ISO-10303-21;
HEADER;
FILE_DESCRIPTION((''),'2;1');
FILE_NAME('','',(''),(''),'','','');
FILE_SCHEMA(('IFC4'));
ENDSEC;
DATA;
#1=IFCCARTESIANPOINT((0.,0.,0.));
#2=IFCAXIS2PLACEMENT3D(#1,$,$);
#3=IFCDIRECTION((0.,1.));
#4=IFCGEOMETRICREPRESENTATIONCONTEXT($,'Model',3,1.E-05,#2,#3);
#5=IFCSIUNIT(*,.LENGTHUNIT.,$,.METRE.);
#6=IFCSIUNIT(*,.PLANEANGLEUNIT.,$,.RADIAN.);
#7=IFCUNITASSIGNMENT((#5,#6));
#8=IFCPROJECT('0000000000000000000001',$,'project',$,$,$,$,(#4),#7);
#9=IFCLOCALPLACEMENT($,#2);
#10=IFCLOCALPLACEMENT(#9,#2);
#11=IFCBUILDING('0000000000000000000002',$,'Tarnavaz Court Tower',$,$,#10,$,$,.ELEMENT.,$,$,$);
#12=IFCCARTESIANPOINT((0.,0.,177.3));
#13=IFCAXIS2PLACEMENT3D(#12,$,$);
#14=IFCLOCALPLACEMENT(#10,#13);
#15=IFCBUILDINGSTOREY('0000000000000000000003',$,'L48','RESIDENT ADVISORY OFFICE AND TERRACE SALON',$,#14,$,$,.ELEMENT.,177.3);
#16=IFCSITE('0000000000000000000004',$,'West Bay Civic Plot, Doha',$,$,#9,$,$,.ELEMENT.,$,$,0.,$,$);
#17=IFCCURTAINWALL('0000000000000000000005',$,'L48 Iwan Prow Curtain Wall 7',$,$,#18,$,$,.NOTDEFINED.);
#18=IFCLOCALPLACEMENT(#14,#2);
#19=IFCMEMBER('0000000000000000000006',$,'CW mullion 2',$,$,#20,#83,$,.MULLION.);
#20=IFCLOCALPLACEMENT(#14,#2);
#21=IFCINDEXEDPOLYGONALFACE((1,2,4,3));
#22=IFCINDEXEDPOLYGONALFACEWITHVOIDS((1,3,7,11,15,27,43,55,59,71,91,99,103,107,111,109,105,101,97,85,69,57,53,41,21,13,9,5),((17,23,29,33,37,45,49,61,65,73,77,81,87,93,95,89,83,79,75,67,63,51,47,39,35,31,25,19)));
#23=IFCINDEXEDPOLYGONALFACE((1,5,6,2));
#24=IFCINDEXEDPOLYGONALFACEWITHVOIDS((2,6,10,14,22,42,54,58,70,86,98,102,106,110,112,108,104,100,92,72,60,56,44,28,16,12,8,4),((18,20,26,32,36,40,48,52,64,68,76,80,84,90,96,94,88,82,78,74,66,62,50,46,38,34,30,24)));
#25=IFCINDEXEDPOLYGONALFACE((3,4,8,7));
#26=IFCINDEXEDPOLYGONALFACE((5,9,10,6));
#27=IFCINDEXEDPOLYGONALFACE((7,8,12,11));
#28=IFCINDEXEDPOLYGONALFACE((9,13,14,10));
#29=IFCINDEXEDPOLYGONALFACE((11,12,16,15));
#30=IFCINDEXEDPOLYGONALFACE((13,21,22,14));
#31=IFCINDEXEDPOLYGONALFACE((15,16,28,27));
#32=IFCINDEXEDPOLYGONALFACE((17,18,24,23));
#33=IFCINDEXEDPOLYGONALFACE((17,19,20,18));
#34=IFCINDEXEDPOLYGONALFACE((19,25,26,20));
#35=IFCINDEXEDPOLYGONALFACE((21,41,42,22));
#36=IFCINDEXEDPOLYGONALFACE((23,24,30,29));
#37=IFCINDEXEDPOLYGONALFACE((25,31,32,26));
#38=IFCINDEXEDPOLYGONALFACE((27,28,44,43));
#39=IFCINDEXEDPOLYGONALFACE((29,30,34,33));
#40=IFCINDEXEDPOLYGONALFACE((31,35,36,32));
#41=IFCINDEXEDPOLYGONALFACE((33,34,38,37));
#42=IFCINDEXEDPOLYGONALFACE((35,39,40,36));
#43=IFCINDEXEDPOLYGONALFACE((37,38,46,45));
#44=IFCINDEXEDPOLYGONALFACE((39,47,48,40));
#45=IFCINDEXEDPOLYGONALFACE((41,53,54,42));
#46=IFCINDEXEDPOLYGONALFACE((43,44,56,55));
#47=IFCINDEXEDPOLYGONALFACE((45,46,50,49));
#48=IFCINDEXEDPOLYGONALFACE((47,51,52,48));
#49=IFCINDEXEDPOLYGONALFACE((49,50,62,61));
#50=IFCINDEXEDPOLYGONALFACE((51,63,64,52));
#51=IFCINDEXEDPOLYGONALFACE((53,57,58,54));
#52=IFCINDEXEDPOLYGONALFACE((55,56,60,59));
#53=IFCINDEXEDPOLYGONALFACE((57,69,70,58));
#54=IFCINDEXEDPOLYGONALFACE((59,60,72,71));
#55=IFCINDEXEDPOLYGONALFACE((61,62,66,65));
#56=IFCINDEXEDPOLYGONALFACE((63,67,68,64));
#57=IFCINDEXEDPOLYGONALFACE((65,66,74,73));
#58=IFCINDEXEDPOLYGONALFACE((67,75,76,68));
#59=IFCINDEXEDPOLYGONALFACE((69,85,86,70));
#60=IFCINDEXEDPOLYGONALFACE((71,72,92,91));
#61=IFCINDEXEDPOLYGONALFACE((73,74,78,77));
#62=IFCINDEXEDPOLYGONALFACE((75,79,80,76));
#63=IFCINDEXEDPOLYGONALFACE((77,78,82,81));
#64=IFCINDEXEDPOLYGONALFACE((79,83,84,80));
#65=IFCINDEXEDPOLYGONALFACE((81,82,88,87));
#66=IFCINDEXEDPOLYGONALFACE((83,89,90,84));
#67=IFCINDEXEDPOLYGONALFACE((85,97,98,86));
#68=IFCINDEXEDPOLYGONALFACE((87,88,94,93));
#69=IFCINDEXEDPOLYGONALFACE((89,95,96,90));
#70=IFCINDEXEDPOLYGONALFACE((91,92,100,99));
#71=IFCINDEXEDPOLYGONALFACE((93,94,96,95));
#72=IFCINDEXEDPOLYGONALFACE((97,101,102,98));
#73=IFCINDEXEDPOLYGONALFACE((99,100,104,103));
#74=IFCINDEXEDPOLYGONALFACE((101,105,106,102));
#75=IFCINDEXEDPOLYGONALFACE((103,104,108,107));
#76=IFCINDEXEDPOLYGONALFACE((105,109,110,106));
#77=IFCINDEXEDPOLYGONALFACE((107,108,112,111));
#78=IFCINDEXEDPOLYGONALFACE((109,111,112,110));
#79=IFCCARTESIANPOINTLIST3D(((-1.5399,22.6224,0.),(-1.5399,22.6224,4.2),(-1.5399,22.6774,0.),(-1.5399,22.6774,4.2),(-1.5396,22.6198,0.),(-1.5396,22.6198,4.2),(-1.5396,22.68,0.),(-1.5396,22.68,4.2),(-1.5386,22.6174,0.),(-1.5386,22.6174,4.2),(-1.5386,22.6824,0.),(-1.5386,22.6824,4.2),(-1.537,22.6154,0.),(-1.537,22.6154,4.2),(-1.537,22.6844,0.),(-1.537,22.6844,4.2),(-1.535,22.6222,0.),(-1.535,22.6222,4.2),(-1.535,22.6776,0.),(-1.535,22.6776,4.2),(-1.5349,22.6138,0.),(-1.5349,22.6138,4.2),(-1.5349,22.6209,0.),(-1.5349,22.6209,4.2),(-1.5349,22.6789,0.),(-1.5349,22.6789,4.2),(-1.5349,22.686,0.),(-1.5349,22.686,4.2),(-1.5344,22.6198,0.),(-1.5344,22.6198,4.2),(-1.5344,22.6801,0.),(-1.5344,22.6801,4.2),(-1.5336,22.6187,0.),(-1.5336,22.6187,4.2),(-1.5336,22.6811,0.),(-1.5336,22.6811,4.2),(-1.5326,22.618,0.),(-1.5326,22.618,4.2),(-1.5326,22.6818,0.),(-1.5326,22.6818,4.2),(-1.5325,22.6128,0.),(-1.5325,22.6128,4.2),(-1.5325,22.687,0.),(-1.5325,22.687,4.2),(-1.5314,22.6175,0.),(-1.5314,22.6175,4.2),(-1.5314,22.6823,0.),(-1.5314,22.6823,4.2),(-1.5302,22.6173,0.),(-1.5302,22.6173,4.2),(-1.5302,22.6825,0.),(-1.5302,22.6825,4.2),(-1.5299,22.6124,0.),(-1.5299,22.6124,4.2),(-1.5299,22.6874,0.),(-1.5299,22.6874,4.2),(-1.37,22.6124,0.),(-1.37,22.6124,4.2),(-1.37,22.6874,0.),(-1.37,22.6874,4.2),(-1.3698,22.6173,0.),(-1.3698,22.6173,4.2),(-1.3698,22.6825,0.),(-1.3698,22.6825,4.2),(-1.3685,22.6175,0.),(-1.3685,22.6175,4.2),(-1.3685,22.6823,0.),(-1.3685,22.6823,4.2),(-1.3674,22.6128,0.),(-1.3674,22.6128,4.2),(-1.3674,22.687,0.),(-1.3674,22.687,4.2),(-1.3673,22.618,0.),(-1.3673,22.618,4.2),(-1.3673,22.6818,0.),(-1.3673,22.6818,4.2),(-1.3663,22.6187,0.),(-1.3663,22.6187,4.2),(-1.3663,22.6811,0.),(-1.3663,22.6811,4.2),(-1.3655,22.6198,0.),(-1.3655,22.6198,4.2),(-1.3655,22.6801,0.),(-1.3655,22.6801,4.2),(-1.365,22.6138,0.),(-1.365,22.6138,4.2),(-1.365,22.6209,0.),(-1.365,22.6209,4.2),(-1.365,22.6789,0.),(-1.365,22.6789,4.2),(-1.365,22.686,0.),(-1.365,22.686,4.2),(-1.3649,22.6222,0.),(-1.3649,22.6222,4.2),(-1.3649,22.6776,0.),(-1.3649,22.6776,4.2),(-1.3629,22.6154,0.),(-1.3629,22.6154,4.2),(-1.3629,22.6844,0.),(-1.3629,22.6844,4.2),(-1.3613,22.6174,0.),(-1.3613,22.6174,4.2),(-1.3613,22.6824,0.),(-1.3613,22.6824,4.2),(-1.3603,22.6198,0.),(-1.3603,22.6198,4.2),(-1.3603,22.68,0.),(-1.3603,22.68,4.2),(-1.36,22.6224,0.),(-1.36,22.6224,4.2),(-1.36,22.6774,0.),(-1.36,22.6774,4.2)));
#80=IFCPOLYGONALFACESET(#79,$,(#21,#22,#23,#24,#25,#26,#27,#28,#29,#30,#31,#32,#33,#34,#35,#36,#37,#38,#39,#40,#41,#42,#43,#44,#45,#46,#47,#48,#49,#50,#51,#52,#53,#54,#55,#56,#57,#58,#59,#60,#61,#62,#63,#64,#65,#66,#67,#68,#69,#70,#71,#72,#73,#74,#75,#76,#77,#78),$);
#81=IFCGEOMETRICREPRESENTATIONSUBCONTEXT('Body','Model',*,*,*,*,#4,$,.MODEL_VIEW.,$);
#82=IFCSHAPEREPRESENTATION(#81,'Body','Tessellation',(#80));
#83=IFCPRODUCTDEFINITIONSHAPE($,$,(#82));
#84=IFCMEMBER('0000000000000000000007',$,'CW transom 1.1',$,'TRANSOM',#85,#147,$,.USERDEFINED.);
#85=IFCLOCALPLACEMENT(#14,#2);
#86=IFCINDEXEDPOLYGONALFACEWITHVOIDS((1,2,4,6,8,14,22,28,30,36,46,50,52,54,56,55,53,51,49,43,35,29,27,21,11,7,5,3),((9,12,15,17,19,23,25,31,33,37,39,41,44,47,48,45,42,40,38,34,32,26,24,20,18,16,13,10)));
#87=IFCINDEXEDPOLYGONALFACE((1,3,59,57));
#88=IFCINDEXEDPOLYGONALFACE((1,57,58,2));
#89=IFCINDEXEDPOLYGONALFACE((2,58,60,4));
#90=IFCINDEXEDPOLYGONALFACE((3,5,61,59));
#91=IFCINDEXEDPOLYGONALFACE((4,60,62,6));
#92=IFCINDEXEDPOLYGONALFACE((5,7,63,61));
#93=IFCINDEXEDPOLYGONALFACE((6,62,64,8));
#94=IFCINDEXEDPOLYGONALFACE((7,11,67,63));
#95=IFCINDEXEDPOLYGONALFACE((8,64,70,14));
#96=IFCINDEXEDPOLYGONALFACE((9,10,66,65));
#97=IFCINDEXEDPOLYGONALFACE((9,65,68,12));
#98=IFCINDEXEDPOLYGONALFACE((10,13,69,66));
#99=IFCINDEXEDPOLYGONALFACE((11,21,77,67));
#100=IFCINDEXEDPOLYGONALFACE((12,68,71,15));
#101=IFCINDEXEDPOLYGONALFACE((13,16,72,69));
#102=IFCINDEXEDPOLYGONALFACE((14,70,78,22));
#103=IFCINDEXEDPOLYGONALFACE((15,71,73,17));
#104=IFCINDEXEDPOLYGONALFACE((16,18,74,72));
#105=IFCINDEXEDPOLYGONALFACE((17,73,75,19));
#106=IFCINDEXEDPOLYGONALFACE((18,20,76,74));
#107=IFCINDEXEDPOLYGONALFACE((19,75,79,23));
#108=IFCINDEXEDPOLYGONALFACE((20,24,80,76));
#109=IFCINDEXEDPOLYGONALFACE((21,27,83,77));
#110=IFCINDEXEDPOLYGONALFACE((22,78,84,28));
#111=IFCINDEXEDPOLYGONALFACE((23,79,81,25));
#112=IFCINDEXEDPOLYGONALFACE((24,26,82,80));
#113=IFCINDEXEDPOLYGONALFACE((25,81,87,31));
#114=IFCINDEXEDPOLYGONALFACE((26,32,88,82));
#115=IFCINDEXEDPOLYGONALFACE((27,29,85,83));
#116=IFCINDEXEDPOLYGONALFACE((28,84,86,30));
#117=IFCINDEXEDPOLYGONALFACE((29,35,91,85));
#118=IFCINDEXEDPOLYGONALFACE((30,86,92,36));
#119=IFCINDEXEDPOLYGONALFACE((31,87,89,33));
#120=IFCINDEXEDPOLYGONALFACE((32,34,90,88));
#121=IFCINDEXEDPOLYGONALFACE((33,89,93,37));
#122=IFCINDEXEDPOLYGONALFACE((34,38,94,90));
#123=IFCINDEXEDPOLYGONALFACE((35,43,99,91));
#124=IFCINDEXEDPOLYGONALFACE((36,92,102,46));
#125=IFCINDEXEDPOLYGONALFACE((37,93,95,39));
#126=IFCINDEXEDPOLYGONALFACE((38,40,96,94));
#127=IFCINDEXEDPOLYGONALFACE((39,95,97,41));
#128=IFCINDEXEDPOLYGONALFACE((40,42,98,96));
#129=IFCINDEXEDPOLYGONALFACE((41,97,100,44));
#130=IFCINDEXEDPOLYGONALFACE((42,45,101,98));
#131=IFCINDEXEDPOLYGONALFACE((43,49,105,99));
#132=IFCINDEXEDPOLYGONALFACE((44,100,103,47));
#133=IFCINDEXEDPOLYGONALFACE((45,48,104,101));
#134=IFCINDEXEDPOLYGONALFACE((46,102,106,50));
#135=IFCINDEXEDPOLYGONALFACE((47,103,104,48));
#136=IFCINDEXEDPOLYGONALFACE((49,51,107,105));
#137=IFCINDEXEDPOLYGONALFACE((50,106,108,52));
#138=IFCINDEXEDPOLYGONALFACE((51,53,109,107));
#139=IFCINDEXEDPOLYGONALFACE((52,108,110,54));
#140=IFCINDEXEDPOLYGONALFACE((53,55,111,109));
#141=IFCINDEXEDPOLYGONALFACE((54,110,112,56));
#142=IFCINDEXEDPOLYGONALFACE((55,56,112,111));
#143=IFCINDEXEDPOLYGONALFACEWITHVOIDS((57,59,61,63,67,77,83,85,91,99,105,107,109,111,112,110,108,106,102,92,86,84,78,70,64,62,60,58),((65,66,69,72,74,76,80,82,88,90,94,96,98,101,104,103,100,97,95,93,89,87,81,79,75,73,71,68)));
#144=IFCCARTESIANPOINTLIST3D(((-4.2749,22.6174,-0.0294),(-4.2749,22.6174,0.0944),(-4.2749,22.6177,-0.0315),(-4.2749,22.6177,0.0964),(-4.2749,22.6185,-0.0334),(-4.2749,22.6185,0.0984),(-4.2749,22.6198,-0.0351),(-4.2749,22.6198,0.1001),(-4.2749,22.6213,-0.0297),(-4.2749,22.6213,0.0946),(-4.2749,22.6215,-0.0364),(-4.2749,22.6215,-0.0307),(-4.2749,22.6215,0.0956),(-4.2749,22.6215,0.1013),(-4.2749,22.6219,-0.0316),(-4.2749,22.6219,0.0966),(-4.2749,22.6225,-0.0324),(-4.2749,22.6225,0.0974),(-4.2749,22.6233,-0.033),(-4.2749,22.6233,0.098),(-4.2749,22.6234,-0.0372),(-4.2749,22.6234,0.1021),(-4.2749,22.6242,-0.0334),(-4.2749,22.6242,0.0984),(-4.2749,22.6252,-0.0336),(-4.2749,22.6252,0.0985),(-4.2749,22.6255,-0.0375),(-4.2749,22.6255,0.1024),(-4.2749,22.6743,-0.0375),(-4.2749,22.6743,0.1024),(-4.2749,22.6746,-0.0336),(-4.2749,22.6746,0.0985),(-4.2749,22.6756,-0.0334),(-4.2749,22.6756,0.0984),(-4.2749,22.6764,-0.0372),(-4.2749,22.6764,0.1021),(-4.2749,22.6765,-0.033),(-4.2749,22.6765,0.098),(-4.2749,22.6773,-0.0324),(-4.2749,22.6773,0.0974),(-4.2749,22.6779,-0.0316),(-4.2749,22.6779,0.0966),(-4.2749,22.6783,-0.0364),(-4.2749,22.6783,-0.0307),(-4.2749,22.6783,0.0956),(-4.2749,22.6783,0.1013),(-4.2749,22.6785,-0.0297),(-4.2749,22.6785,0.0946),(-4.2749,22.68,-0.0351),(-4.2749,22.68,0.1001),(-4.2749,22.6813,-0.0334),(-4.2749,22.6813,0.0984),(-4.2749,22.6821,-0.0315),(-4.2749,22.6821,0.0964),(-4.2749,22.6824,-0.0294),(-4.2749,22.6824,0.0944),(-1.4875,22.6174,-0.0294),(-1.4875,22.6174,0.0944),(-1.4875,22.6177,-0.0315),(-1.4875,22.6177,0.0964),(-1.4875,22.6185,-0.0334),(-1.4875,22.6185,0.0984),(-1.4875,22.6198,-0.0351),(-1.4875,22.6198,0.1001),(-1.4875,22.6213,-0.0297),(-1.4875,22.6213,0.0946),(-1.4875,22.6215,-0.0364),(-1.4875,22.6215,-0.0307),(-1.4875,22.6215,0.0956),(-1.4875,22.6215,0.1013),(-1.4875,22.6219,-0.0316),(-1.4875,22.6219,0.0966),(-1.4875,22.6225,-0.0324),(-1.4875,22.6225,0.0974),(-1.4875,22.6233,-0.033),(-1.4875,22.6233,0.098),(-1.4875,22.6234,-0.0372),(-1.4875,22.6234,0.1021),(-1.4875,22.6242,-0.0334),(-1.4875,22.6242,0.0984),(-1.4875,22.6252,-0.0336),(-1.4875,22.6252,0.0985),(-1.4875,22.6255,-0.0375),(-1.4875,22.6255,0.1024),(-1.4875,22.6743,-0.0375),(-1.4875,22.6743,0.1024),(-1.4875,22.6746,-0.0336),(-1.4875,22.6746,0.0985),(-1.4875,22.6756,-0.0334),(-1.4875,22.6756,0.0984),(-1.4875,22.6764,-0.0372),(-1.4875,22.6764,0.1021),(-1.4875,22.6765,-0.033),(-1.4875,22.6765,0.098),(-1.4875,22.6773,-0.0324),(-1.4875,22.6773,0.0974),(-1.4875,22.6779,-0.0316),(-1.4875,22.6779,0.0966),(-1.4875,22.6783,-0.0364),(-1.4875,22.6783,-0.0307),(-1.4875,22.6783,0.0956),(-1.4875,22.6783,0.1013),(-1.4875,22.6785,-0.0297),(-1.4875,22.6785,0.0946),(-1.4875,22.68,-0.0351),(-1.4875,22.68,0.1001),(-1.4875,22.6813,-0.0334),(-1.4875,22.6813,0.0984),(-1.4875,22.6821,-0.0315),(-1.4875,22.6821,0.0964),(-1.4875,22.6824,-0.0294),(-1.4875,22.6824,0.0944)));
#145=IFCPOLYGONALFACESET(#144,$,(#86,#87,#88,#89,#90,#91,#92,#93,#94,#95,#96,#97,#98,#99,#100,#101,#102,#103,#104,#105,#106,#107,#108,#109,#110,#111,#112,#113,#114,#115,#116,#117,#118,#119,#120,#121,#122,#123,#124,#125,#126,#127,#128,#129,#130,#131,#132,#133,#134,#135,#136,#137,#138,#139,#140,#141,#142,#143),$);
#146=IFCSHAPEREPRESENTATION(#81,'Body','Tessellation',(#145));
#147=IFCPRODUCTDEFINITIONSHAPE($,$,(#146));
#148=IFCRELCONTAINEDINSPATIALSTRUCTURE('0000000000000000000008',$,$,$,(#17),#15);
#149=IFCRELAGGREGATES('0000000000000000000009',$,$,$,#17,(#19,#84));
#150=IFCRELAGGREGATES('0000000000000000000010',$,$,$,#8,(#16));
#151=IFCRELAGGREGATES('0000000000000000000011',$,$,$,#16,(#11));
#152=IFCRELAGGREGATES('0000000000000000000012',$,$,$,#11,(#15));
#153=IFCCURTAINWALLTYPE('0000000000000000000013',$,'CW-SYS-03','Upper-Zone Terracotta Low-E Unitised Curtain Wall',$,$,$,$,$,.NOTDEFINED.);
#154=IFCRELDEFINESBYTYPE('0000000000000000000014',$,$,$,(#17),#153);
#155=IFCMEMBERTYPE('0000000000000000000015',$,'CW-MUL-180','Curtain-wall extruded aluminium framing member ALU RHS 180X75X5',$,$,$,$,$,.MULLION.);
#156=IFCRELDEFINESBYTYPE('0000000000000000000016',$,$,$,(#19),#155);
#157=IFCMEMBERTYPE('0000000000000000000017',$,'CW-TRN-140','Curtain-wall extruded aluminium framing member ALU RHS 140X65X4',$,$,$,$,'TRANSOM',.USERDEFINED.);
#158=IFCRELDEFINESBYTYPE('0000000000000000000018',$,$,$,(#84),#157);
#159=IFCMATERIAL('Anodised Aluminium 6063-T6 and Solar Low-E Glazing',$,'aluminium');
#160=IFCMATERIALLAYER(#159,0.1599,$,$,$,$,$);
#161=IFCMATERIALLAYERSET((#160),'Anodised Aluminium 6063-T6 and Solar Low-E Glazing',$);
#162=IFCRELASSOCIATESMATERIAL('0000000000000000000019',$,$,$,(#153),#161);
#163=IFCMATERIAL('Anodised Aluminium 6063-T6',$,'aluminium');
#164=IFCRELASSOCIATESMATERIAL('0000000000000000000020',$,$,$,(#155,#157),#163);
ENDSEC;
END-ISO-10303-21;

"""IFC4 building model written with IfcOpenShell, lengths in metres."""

from ifc_helpers import new_model, si_unit, direction, frame, origin, origin_2d, place, context, subcontext, project, spatial, hollow_rectangle, extrude, material, layer, layer_set, material_profile, profile_set, type_object, element, aggregate, save


model = new_model("IFC4")

# Units and contexts
model_context = context("Model", 3, precision=1e-05, world=origin(), true_north=direction((0.0, 1.0)))
body_context = subcontext(model_context, "Body", "Model", "MODEL_VIEW")
ifc_project = project(units=[si_unit("LENGTHUNIT", "METRE"), si_unit("PLANEANGLEUNIT", "RADIAN")], contexts=[model_context])

# Site, building, storey
site_placement = place(None, origin())
site = spatial("IfcSite", under=ifc_project, at=site_placement, Name="West Bay Civic Plot, Doha", CompositionType="ELEMENT", RefElevation=0.0)
building_placement = place(site_placement, origin())
building = spatial("IfcBuilding", under=site, at=building_placement, Name="Tarnavaz Court Tower", CompositionType="ELEMENT")
storey_placement = place(building_placement, frame((0.0, 0.0, 177.3)))
storey = spatial("IfcBuildingStorey", under=building, at=storey_placement, Name="L48", Description="RESIDENT ADVISORY OFFICE AND TERRACE SALON", CompositionType="ELEMENT", Elevation=177.3)

# Curtain wall, members
ifc_material_1 = material(Name="Anodised Aluminium 6063-T6 and Solar Low-E Glazing", Category="aluminium")
ifc_layer_1 = layer(ifc_material_1, 0.1599)
ifc_layer_set_1 = layer_set([ifc_layer_1], Name="Anodised Aluminium 6063-T6 and Solar Low-E Glazing")
curtain_wall_type = type_object("IfcCurtainWallType", Name="CW-SYS-03", Description="Upper-Zone Terracotta Low-E Unitised Curtain Wall", PredefinedType="NOTDEFINED", material=ifc_layer_set_1)
curtain_wall_placement = place(storey_placement, origin())
curtain_wall = element("IfcCurtainWall", 1, at=curtain_wall_placement, inside=storey, type_object=curtain_wall_type, Name="L48 Iwan Prow Curtain Wall 7", PredefinedType="NOTDEFINED")
ifc_material_2 = material(Name="Anodised Aluminium 6063-T6", Category="aluminium")
ifc_material_profile_1 = material_profile(ifc_material_2, hollow_rectangle(XDim=0.075, YDim=0.1799, WallThickness=0.0049, InnerFilletRadius=0.0049, OuterFilletRadius=0.01, at=origin_2d()), Name="ALU RHS 180X75X5")
ifc_profile_set_1 = profile_set([ifc_material_profile_1], Name="Anodised Aluminium 6063-T6")
member_type_1 = type_object("IfcMemberType", Name="CW-MUL-180", Description="Curtain-wall extruded aluminium framing member ALU RHS 180X75X5", PredefinedType="MULLION", material=ifc_profile_set_1)
member_1_placement = place(storey_placement, frame((-1.45, 22.6499, 0.0), z_axis=(0.0, 0.0, 1.0), x_axis=(0.0, 1.0, 0.0)))
member_1 = element("IfcMember", 2, at=member_1_placement, type_object=member_type_1, Name="CW mullion 2", PredefinedType="MULLION", context=body_context, shape_type="SweptSolid", body=[
    extrude(hollow_rectangle(XDim=0.075, YDim=0.1799, WallThickness=0.0049, InnerFilletRadius=0.0049, OuterFilletRadius=0.01, at=origin_2d()), origin(), (0.0, 0.0, 1.0), 4.2),
])
ifc_material_profile_2 = material_profile(ifc_material_2, hollow_rectangle(XDim=0.0649, YDim=0.1399, WallThickness=0.0039, InnerFilletRadius=0.0039, OuterFilletRadius=0.0081, at=origin_2d()), Name="ALU RHS 140X65X4")
ifc_profile_set_2 = profile_set([ifc_material_profile_2], Name="Anodised Aluminium 6063-T6")
member_type_2 = type_object("IfcMemberType", Name="CW-TRN-140", Description="Curtain-wall extruded aluminium framing member ALU RHS 140X65X4", ElementType="TRANSOM", PredefinedType="USERDEFINED", material=ifc_profile_set_2)
member_2_placement = place(storey_placement, frame((-4.2749, 22.6499, 0.0325), z_axis=(1.0, 0.0, 0.0), x_axis=(0.0, 1.0, 0.0)))
member_2 = element("IfcMember", 3, at=member_2_placement, type_object=member_type_2, Name="CW transom 1.1", ObjectType="TRANSOM", PredefinedType="USERDEFINED", context=body_context, shape_type="SweptSolid", body=[
    extrude(hollow_rectangle(XDim=0.0649, YDim=0.1399, WallThickness=0.0039, InnerFilletRadius=0.0039, OuterFilletRadius=0.0081, at=origin_2d()), origin(), (0.0, 0.0, 1.0), 2.7874),
])
aggregate(curtain_wall, [member_1, member_2])

save(model, "model.ifc")
